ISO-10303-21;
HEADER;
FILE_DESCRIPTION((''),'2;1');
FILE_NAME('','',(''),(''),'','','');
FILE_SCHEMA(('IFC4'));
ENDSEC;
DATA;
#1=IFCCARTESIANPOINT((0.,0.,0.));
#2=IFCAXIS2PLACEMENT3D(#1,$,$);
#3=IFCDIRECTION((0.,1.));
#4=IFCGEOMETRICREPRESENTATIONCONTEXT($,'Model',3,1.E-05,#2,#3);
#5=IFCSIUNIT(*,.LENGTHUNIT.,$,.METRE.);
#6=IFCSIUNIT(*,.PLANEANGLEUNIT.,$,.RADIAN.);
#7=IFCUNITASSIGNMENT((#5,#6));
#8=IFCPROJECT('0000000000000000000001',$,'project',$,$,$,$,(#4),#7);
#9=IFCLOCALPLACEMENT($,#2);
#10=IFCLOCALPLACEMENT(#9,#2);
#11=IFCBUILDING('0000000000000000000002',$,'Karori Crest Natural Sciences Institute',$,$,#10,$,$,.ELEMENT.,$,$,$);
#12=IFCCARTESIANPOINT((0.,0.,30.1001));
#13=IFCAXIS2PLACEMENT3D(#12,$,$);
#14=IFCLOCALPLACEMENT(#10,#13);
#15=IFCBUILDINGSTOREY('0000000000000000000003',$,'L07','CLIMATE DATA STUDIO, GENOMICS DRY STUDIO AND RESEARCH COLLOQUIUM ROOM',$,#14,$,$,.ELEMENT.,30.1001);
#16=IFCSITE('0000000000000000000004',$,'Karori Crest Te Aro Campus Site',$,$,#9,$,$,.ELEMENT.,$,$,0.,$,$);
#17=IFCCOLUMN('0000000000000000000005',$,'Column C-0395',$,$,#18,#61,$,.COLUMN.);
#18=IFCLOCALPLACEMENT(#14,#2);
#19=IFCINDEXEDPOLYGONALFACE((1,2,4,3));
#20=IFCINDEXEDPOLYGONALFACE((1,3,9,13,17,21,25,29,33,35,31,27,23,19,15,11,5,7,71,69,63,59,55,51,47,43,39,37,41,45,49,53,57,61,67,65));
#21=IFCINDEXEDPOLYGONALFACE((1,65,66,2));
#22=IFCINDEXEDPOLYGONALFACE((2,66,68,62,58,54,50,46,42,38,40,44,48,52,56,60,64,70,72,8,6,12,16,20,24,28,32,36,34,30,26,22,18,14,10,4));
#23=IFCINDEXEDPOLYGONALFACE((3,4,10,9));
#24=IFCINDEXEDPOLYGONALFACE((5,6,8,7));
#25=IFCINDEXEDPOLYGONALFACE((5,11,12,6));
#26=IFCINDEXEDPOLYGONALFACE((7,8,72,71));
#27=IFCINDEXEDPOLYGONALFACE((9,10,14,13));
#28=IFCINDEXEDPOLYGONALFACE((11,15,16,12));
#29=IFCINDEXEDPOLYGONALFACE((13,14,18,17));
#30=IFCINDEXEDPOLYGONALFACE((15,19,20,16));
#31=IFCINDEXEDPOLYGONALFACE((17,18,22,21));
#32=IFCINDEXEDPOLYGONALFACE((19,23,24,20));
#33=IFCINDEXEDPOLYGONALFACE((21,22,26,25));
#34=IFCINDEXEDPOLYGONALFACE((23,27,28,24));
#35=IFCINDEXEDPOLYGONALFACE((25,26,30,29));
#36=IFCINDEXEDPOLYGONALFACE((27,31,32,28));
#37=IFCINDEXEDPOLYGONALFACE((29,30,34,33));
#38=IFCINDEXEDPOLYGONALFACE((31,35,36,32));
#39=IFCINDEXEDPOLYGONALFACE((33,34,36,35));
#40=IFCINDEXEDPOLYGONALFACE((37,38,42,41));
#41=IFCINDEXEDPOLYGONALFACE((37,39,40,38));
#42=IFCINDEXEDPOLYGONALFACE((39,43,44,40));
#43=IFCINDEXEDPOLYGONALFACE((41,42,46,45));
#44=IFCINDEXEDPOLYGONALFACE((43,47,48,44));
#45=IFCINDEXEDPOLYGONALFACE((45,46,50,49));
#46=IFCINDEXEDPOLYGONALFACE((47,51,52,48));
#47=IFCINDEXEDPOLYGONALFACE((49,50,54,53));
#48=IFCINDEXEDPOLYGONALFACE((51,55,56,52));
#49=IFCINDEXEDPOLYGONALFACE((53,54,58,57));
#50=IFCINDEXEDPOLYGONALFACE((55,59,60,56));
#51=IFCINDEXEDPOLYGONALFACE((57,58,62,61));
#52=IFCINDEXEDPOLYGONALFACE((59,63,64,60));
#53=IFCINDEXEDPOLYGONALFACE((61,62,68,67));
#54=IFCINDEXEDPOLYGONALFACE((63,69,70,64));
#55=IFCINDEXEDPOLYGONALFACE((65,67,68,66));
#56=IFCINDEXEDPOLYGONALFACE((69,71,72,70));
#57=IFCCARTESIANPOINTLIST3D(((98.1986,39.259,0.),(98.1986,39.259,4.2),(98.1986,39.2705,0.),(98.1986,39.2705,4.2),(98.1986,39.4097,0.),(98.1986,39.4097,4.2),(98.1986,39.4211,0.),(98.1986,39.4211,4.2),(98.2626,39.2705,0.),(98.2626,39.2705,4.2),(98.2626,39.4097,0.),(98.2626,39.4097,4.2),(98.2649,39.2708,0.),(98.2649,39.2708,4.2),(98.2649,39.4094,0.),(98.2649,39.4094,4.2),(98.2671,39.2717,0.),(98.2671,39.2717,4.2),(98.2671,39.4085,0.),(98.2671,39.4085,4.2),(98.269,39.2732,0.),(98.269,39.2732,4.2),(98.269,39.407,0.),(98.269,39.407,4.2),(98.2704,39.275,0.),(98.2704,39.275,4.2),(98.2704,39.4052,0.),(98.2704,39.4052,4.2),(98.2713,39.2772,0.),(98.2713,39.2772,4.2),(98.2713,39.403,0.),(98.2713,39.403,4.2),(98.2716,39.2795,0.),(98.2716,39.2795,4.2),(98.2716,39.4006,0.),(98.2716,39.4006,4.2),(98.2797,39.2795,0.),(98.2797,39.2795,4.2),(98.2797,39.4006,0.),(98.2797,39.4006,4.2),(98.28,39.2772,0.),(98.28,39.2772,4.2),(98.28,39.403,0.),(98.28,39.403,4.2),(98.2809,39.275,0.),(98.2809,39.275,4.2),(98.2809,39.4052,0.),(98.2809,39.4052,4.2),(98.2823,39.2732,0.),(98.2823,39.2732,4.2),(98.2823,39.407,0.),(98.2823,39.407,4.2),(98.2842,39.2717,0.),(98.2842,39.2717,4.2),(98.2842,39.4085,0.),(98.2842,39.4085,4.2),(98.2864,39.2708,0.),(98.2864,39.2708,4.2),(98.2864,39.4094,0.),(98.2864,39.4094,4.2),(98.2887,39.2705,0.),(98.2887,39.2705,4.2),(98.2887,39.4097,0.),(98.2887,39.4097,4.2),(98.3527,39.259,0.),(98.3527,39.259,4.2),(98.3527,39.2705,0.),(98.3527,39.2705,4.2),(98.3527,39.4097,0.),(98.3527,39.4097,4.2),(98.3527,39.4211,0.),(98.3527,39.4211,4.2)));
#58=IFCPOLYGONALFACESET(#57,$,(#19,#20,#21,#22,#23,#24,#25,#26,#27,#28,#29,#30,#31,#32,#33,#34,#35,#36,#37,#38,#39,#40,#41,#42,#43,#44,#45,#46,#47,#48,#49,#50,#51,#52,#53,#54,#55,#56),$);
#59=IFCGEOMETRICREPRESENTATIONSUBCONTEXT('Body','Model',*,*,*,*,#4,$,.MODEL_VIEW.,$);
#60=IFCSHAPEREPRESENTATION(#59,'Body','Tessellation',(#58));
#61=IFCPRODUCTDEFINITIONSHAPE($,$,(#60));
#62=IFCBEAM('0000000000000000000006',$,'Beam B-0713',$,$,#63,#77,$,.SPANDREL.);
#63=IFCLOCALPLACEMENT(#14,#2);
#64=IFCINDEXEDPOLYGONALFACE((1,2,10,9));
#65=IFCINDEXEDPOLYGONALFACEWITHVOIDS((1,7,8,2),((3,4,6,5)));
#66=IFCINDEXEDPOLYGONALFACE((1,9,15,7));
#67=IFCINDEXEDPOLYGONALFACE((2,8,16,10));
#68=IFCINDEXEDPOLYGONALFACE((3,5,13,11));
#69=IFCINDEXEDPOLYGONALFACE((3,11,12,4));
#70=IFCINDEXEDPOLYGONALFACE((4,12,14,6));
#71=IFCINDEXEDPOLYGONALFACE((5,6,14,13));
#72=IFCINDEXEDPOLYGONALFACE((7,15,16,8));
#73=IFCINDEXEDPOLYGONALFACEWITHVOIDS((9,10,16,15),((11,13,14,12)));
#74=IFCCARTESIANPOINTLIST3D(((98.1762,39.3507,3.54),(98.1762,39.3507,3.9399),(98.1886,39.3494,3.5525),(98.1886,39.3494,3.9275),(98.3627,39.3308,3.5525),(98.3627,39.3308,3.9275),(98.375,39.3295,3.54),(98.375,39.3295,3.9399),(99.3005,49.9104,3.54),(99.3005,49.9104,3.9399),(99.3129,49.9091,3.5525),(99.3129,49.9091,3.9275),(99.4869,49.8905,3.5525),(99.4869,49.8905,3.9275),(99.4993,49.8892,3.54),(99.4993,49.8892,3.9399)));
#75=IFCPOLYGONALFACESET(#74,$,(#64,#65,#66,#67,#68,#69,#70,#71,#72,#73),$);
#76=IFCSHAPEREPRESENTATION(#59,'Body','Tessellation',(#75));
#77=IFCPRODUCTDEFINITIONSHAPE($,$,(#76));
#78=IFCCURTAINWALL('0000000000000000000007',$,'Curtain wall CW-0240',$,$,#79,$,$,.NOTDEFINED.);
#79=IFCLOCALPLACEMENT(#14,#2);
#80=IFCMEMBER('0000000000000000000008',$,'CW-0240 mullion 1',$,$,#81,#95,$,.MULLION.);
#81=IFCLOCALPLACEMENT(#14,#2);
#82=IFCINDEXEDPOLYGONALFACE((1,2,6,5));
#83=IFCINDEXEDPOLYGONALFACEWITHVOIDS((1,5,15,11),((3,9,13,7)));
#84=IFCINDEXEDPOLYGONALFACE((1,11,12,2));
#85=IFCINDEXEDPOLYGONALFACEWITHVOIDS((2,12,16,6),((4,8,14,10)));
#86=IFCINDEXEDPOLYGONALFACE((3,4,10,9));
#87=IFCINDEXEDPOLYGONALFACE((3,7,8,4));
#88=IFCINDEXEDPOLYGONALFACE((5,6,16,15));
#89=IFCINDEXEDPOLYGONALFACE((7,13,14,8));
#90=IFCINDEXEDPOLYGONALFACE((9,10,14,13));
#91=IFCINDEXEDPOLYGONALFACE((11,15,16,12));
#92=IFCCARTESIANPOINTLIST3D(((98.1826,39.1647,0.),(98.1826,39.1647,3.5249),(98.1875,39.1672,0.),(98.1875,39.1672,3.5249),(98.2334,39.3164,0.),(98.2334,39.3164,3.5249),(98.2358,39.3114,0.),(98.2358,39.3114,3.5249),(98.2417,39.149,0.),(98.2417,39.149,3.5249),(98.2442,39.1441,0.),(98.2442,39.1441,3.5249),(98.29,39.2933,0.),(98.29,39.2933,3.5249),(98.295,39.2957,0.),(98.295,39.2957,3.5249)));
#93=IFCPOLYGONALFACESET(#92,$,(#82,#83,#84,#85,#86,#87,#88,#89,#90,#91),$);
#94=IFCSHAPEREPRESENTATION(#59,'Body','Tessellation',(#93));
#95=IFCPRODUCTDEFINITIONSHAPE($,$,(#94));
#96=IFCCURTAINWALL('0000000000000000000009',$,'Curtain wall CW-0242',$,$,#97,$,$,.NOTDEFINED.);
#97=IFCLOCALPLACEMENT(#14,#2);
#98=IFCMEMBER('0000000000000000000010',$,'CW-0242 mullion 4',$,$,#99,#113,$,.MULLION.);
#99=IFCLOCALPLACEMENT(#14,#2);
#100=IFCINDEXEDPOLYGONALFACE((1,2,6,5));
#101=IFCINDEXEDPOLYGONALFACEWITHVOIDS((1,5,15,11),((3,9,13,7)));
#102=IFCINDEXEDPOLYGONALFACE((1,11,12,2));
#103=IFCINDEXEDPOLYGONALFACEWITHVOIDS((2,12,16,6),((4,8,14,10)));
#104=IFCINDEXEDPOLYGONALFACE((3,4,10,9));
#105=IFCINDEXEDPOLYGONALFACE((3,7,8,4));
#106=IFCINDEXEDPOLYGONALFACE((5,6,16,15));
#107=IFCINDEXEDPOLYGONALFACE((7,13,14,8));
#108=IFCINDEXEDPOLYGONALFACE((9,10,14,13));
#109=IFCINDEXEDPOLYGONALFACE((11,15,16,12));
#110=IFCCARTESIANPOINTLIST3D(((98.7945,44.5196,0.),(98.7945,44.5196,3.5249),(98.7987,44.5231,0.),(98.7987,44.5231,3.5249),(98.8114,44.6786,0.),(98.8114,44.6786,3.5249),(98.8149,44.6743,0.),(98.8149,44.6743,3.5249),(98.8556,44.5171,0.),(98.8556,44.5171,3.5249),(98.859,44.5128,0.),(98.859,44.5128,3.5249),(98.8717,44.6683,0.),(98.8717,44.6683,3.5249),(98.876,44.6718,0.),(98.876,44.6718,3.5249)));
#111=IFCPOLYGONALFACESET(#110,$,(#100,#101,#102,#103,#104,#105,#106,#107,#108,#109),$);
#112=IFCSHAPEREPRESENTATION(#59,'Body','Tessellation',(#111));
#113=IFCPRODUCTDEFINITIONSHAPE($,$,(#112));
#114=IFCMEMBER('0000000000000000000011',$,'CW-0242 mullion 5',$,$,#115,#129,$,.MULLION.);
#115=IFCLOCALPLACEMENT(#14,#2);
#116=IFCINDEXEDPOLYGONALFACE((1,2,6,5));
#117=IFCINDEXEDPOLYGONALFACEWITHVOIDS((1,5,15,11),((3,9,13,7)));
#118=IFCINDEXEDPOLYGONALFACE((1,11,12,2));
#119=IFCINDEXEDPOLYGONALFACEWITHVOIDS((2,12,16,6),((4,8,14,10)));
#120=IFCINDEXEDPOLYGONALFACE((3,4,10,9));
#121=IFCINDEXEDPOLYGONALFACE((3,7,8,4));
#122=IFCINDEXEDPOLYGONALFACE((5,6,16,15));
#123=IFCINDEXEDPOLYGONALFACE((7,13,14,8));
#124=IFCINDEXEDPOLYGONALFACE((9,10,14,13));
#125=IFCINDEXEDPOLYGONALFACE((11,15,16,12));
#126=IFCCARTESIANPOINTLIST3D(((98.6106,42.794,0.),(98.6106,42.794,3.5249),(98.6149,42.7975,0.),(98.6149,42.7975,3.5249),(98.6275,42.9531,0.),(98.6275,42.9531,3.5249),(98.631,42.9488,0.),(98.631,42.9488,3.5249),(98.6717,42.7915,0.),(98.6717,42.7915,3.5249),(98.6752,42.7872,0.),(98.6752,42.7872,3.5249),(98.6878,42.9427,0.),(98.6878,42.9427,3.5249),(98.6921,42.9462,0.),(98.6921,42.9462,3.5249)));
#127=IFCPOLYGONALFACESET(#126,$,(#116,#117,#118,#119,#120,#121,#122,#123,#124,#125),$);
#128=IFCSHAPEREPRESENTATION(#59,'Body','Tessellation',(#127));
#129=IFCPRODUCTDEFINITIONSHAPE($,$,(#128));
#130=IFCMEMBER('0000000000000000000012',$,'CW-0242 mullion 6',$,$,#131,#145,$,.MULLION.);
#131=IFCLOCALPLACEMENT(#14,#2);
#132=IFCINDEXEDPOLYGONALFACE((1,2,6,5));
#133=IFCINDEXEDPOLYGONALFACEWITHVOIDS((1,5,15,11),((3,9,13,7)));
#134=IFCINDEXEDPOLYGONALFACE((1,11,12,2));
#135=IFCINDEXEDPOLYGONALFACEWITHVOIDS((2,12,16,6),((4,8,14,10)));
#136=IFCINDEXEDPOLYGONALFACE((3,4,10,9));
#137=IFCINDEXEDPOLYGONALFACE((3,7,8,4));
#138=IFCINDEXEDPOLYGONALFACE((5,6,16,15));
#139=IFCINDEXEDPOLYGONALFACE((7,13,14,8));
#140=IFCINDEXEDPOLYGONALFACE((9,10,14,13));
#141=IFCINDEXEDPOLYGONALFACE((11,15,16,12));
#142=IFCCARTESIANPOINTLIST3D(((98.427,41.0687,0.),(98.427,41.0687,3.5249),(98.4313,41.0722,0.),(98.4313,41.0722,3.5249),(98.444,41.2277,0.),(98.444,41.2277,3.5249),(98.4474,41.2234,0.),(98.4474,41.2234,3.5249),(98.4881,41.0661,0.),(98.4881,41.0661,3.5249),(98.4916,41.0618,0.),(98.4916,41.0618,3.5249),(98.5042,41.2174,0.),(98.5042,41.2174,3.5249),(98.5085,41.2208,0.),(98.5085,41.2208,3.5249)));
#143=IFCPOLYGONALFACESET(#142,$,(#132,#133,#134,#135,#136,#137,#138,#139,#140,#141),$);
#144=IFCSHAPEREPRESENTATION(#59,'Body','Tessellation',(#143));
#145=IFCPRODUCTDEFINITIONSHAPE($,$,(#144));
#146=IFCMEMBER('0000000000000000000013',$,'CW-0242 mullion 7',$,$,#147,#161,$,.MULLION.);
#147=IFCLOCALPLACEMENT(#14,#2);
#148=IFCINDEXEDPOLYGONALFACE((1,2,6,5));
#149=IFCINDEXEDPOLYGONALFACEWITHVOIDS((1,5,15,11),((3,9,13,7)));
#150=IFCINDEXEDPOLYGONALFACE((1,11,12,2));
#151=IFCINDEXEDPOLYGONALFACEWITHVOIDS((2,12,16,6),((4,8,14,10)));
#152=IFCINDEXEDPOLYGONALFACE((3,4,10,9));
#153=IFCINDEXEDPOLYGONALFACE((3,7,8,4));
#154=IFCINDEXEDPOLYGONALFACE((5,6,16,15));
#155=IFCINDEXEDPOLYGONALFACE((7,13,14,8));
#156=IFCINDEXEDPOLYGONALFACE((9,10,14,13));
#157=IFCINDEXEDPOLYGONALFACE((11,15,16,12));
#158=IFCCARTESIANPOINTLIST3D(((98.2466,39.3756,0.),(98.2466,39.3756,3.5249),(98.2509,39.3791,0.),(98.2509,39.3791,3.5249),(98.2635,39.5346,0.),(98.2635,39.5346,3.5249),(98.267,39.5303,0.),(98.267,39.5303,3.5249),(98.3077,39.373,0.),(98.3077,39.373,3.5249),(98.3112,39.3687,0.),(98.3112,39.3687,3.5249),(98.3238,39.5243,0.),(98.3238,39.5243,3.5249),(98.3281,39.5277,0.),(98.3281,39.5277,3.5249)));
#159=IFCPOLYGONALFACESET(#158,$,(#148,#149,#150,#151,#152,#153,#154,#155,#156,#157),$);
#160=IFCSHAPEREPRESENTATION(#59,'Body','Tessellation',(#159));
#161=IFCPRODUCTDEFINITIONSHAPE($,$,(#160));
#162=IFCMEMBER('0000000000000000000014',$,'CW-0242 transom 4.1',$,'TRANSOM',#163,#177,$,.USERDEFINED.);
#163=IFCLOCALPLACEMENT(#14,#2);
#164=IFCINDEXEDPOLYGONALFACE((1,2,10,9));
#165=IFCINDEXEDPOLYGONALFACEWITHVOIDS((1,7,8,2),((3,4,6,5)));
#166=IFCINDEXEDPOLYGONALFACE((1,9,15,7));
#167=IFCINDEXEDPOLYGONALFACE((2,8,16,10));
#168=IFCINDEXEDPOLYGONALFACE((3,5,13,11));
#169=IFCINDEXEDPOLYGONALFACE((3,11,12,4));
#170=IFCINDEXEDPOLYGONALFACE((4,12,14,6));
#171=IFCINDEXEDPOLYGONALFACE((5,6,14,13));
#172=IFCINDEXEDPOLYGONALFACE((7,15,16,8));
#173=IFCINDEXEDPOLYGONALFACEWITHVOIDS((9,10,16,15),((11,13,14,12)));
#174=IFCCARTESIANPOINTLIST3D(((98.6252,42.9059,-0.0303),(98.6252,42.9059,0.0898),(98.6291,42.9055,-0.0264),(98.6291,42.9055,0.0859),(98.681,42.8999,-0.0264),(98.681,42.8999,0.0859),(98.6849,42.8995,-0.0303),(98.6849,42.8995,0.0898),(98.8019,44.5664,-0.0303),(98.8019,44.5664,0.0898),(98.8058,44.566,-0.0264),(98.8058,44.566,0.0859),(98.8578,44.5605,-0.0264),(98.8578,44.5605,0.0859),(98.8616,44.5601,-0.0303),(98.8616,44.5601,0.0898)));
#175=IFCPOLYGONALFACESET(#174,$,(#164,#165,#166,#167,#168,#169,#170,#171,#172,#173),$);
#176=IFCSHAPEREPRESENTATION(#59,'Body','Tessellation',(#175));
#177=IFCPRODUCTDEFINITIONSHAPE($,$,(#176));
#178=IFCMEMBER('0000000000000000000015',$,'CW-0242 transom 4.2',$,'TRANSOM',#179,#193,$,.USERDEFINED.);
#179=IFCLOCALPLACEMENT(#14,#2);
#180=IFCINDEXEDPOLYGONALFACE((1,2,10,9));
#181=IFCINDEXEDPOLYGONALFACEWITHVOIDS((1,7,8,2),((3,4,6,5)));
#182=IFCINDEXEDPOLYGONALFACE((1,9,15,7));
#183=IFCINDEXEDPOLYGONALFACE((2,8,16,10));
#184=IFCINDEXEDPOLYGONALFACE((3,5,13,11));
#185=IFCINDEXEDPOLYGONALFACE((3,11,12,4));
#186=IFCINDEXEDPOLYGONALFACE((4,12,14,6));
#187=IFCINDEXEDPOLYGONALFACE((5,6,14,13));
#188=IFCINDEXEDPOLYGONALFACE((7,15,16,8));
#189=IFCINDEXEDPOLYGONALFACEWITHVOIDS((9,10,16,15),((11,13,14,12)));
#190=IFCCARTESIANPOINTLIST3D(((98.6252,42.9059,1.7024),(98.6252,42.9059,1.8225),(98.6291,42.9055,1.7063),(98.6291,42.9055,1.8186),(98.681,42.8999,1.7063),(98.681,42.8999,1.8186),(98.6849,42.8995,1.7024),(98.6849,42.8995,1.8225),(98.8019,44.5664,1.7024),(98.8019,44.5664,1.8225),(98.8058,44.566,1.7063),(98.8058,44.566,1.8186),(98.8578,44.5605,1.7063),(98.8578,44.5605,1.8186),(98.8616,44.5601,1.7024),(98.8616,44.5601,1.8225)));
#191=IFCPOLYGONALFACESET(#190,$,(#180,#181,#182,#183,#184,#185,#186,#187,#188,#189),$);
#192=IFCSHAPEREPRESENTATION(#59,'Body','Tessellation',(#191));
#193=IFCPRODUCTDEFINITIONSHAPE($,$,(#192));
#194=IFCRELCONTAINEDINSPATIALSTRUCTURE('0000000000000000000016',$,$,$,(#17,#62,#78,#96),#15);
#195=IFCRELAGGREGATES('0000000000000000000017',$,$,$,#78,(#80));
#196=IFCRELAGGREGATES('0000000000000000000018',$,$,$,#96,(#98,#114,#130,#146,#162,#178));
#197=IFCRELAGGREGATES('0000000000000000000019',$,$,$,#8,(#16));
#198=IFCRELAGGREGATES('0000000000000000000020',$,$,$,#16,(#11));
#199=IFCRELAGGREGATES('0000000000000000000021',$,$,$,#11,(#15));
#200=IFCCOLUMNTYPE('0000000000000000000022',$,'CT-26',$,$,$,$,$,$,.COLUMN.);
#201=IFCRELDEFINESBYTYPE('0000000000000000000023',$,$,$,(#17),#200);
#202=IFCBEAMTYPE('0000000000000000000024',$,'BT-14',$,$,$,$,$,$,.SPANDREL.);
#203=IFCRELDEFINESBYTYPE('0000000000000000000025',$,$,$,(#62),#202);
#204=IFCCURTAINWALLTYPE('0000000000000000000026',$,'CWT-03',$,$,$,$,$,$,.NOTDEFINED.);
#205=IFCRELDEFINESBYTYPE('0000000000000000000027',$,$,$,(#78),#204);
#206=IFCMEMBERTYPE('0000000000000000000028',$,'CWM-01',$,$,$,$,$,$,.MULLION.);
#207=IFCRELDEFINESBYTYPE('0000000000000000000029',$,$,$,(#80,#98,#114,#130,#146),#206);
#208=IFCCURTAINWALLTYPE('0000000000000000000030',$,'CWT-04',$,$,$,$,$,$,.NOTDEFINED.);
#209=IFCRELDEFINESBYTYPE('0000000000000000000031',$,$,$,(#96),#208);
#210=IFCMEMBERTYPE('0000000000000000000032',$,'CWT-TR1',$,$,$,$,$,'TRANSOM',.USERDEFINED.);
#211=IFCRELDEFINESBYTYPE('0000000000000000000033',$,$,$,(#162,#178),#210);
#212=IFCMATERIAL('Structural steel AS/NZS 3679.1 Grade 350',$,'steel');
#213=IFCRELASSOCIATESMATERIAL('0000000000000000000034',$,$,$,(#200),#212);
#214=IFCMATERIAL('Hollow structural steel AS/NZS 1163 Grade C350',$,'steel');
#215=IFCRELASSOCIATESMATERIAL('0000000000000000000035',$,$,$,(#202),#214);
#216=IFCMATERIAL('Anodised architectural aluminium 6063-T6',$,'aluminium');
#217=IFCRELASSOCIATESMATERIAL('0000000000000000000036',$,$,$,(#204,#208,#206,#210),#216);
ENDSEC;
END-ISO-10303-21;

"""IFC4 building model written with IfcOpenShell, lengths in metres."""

from ifc_helpers import new_model, si_unit, direction, frame, origin, origin_2d, place, context, subcontext, project, spatial, hollow_rectangle, i_section, extrude, material, material_profile, profile_set, type_object, element, aggregate, save


model = new_model("IFC4")

# Units and contexts
model_context = context("Model", 3, precision=1e-05, world=origin(), true_north=direction((0.0, 1.0)))
body_context = subcontext(model_context, "Body", "Model", "MODEL_VIEW")
ifc_project = project(units=[si_unit("LENGTHUNIT", "METRE"), si_unit("PLANEANGLEUNIT", "RADIAN")], contexts=[model_context])

# Site, building, storey
site_placement = place(None, origin())
site = spatial("IfcSite", under=ifc_project, at=site_placement, Name="Karori Crest Te Aro Campus Site", CompositionType="ELEMENT", RefElevation=0.0)
building_placement = place(site_placement, origin())
building = spatial("IfcBuilding", under=site, at=building_placement, Name="Karori Crest Natural Sciences Institute", CompositionType="ELEMENT")
storey_placement = place(building_placement, frame((0.0, 0.0, 30.1001)))
storey = spatial("IfcBuildingStorey", under=building, at=storey_placement, Name="L07", Description="CLIMATE DATA STUDIO, GENOMICS DRY STUDIO AND RESEARCH COLLOQUIUM ROOM", CompositionType="ELEMENT", Elevation=30.1001)

# Column
ifc_material_1 = material(Name="Structural steel AS/NZS 3679.1 Grade 350", Category="steel")
ifc_material_profile_1 = material_profile(ifc_material_1, i_section(OverallWidth=0.1541, OverallDepth=0.1621, WebThickness=0.0081, FlangeThickness=0.0115, FilletRadius=0.009, at=origin_2d()), Name="150UC37.2")
ifc_profile_set_1 = profile_set([ifc_material_profile_1], Name="Structural steel AS/NZS 3679.1 Grade 350")
column_type = type_object("IfcColumnType", Name="CT-26", PredefinedType="COLUMN", material=ifc_profile_set_1)
column_placement = place(storey_placement, frame((98.2756, 39.3401, 0.0), z_axis=(0.0, 0.0, 1.0), x_axis=(1.0, 0.0, 0.0)))
element("IfcColumn", 1, at=column_placement, inside=storey, type_object=column_type, Name="Column C-0395", PredefinedType="COLUMN", context=body_context, shape_type="SweptSolid", body=[
    extrude(i_section(OverallWidth=0.1541, OverallDepth=0.1621, WebThickness=0.0081, FlangeThickness=0.0115, FilletRadius=0.009, at=origin_2d()), origin(), (0.0, 0.0, 1.0), 4.2),
])

# Beam
ifc_material_2 = material(Name="Hollow structural steel AS/NZS 1163 Grade C350", Category="steel")
ifc_material_profile_2 = material_profile(ifc_material_2, hollow_rectangle(XDim=0.2, YDim=0.3999, WallThickness=0.0125, at=origin_2d()), Name="RHS400x200x12.5")
ifc_profile_set_2 = profile_set([ifc_material_profile_2], Name="Hollow structural steel AS/NZS 1163 Grade C350")
beam_type = type_object("IfcBeamType", Name="BT-14", PredefinedType="SPANDREL", material=ifc_profile_set_2)
beam_placement = place(storey_placement, frame((98.2756, 39.3401, 3.74), z_axis=(0.105868, 0.99438, 0.0), x_axis=(-0.99438, 0.105868, 0.0)))
element("IfcBeam", 2, at=beam_placement, inside=storey, type_object=beam_type, Name="Beam B-0713", PredefinedType="SPANDREL", context=body_context, shape_type="SweptSolid", body=[
    extrude(hollow_rectangle(XDim=0.2, YDim=0.3999, WallThickness=0.0125, at=origin_2d()), origin(), (0.0, 0.0, 1.0), 10.6194),
])

# Curtain wall, member
ifc_material_3 = material(Name="Anodised architectural aluminium 6063-T6", Category="aluminium")
curtain_wall_type_1 = type_object("IfcCurtainWallType", Name="CWT-03", PredefinedType="NOTDEFINED", material=ifc_material_3)
curtain_wall_1_placement = place(storey_placement, origin())
curtain_wall_1 = element("IfcCurtainWall", 3, at=curtain_wall_1_placement, inside=storey, type_object=curtain_wall_type_1, Name="Curtain wall CW-0240", PredefinedType="NOTDEFINED")
ifc_material_profile_3 = material_profile(ifc_material_3, hollow_rectangle(XDim=0.0649, YDim=0.1599, WallThickness=0.0039, at=origin_2d()), Name="CWM160x65x4")
ifc_profile_set_3 = profile_set([ifc_material_profile_3], Name="Anodised architectural aluminium 6063-T6")
member_type_1 = type_object("IfcMemberType", Name="CWM-01", PredefinedType="MULLION", material=ifc_profile_set_3)
member_1_placement = place(storey_placement, frame((98.2388, 39.2302, 0.0), z_axis=(0.0, 0.0, 1.0), x_axis=(0.948198, -0.31768, 0.0)))
member_1 = element("IfcMember", 4, at=member_1_placement, type_object=member_type_1, Name="CW-0240 mullion 1", PredefinedType="MULLION", context=body_context, shape_type="SweptSolid", body=[
    extrude(hollow_rectangle(XDim=0.0649, YDim=0.1599, WallThickness=0.0039, at=origin_2d()), origin(), (0.0, 0.0, 1.0), 3.5249),
])

# Curtain wall, members
curtain_wall_type_2 = type_object("IfcCurtainWallType", Name="CWT-04", PredefinedType="NOTDEFINED", material=ifc_material_3)
curtain_wall_2_placement = place(storey_placement, origin())
curtain_wall_2 = element("IfcCurtainWall", 5, at=curtain_wall_2_placement, inside=storey, type_object=curtain_wall_type_2, Name="Curtain wall CW-0242", PredefinedType="NOTDEFINED")
member_2_placement = place(storey_placement, frame((98.8352, 44.5957, 0.0), z_axis=(0.0, 0.0, 1.0), x_axis=(0.994378, -0.105886, 0.0)))
member_2 = element("IfcMember", 6, at=member_2_placement, type_object=member_type_1, Name="CW-0242 mullion 4", PredefinedType="MULLION", context=body_context, shape_type="SweptSolid", body=[
    extrude(hollow_rectangle(XDim=0.0649, YDim=0.1599, WallThickness=0.0039, at=origin_2d()), origin(), (0.0, 0.0, 1.0), 3.5249),
])
member_3_placement = place(storey_placement, frame((98.6514, 42.8701, 0.0), z_axis=(0.0, 0.0, 1.0), x_axis=(0.994378, -0.105886, 0.0)))
member_3 = element("IfcMember", 7, at=member_3_placement, type_object=member_type_1, Name="CW-0242 mullion 5", PredefinedType="MULLION", context=body_context, shape_type="SweptSolid", body=[
    extrude(hollow_rectangle(XDim=0.0649, YDim=0.1599, WallThickness=0.0039, at=origin_2d()), origin(), (0.0, 0.0, 1.0), 3.5249),
])
member_4_placement = place(storey_placement, frame((98.4678, 41.1448, 0.0), z_axis=(0.0, 0.0, 1.0), x_axis=(0.994378, -0.105886, 0.0)))
member_4 = element("IfcMember", 8, at=member_4_placement, type_object=member_type_1, Name="CW-0242 mullion 6", PredefinedType="MULLION", context=body_context, shape_type="SweptSolid", body=[
    extrude(hollow_rectangle(XDim=0.0649, YDim=0.1599, WallThickness=0.0039, at=origin_2d()), origin(), (0.0, 0.0, 1.0), 3.5249),
])
member_5_placement = place(storey_placement, frame((98.2874, 39.4517, 0.0), z_axis=(0.0, 0.0, 1.0), x_axis=(0.994378, -0.105886, 0.0)))
member_5 = element("IfcMember", 9, at=member_5_placement, type_object=member_type_1, Name="CW-0242 mullion 7", PredefinedType="MULLION", context=body_context, shape_type="SweptSolid", body=[
    extrude(hollow_rectangle(XDim=0.0649, YDim=0.1599, WallThickness=0.0039, at=origin_2d()), origin(), (0.0, 0.0, 1.0), 3.5249),
])
ifc_material_profile_4 = material_profile(ifc_material_3, hollow_rectangle(XDim=0.0601, YDim=0.1201, WallThickness=0.0039, at=origin_2d()), Name="CWT120x60x4")
ifc_profile_set_4 = profile_set([ifc_material_profile_4], Name="Anodised architectural aluminium 6063-T6")
member_type_2 = type_object("IfcMemberType", Name="CWT-TR1", ElementType="TRANSOM", PredefinedType="USERDEFINED", material=ifc_profile_set_4)
member_6_placement = place(storey_placement, frame((98.8318, 44.5632, 0.0298), z_axis=(-0.105841, -0.994383, 0.0), x_axis=(0.994383, -0.105841, 0.0)))
member_6 = element("IfcMember", 10, at=member_6_placement, type_object=member_type_2, Name="CW-0242 transom 4.1", ObjectType="TRANSOM", PredefinedType="USERDEFINED", context=body_context, shape_type="SweptSolid", body=[
    extrude(hollow_rectangle(XDim=0.0601, YDim=0.1201, WallThickness=0.0039, at=origin_2d()), origin(), (0.0, 0.0, 1.0), 1.6699),
])
member_7_placement = place(storey_placement, frame((98.8318, 44.5632, 1.7625), z_axis=(-0.105841, -0.994383, 0.0), x_axis=(0.994383, -0.105841, 0.0)))
member_7 = element("IfcMember", 11, at=member_7_placement, type_object=member_type_2, Name="CW-0242 transom 4.2", ObjectType="TRANSOM", PredefinedType="USERDEFINED", context=body_context, shape_type="SweptSolid", body=[
    extrude(hollow_rectangle(XDim=0.0601, YDim=0.1201, WallThickness=0.0039, at=origin_2d()), origin(), (0.0, 0.0, 1.0), 1.6699),
])

aggregate(curtain_wall_1, [member_1])
aggregate(curtain_wall_2, [member_2, member_3, member_4, member_5, member_6, member_7])

save(model, "model.ifc")
